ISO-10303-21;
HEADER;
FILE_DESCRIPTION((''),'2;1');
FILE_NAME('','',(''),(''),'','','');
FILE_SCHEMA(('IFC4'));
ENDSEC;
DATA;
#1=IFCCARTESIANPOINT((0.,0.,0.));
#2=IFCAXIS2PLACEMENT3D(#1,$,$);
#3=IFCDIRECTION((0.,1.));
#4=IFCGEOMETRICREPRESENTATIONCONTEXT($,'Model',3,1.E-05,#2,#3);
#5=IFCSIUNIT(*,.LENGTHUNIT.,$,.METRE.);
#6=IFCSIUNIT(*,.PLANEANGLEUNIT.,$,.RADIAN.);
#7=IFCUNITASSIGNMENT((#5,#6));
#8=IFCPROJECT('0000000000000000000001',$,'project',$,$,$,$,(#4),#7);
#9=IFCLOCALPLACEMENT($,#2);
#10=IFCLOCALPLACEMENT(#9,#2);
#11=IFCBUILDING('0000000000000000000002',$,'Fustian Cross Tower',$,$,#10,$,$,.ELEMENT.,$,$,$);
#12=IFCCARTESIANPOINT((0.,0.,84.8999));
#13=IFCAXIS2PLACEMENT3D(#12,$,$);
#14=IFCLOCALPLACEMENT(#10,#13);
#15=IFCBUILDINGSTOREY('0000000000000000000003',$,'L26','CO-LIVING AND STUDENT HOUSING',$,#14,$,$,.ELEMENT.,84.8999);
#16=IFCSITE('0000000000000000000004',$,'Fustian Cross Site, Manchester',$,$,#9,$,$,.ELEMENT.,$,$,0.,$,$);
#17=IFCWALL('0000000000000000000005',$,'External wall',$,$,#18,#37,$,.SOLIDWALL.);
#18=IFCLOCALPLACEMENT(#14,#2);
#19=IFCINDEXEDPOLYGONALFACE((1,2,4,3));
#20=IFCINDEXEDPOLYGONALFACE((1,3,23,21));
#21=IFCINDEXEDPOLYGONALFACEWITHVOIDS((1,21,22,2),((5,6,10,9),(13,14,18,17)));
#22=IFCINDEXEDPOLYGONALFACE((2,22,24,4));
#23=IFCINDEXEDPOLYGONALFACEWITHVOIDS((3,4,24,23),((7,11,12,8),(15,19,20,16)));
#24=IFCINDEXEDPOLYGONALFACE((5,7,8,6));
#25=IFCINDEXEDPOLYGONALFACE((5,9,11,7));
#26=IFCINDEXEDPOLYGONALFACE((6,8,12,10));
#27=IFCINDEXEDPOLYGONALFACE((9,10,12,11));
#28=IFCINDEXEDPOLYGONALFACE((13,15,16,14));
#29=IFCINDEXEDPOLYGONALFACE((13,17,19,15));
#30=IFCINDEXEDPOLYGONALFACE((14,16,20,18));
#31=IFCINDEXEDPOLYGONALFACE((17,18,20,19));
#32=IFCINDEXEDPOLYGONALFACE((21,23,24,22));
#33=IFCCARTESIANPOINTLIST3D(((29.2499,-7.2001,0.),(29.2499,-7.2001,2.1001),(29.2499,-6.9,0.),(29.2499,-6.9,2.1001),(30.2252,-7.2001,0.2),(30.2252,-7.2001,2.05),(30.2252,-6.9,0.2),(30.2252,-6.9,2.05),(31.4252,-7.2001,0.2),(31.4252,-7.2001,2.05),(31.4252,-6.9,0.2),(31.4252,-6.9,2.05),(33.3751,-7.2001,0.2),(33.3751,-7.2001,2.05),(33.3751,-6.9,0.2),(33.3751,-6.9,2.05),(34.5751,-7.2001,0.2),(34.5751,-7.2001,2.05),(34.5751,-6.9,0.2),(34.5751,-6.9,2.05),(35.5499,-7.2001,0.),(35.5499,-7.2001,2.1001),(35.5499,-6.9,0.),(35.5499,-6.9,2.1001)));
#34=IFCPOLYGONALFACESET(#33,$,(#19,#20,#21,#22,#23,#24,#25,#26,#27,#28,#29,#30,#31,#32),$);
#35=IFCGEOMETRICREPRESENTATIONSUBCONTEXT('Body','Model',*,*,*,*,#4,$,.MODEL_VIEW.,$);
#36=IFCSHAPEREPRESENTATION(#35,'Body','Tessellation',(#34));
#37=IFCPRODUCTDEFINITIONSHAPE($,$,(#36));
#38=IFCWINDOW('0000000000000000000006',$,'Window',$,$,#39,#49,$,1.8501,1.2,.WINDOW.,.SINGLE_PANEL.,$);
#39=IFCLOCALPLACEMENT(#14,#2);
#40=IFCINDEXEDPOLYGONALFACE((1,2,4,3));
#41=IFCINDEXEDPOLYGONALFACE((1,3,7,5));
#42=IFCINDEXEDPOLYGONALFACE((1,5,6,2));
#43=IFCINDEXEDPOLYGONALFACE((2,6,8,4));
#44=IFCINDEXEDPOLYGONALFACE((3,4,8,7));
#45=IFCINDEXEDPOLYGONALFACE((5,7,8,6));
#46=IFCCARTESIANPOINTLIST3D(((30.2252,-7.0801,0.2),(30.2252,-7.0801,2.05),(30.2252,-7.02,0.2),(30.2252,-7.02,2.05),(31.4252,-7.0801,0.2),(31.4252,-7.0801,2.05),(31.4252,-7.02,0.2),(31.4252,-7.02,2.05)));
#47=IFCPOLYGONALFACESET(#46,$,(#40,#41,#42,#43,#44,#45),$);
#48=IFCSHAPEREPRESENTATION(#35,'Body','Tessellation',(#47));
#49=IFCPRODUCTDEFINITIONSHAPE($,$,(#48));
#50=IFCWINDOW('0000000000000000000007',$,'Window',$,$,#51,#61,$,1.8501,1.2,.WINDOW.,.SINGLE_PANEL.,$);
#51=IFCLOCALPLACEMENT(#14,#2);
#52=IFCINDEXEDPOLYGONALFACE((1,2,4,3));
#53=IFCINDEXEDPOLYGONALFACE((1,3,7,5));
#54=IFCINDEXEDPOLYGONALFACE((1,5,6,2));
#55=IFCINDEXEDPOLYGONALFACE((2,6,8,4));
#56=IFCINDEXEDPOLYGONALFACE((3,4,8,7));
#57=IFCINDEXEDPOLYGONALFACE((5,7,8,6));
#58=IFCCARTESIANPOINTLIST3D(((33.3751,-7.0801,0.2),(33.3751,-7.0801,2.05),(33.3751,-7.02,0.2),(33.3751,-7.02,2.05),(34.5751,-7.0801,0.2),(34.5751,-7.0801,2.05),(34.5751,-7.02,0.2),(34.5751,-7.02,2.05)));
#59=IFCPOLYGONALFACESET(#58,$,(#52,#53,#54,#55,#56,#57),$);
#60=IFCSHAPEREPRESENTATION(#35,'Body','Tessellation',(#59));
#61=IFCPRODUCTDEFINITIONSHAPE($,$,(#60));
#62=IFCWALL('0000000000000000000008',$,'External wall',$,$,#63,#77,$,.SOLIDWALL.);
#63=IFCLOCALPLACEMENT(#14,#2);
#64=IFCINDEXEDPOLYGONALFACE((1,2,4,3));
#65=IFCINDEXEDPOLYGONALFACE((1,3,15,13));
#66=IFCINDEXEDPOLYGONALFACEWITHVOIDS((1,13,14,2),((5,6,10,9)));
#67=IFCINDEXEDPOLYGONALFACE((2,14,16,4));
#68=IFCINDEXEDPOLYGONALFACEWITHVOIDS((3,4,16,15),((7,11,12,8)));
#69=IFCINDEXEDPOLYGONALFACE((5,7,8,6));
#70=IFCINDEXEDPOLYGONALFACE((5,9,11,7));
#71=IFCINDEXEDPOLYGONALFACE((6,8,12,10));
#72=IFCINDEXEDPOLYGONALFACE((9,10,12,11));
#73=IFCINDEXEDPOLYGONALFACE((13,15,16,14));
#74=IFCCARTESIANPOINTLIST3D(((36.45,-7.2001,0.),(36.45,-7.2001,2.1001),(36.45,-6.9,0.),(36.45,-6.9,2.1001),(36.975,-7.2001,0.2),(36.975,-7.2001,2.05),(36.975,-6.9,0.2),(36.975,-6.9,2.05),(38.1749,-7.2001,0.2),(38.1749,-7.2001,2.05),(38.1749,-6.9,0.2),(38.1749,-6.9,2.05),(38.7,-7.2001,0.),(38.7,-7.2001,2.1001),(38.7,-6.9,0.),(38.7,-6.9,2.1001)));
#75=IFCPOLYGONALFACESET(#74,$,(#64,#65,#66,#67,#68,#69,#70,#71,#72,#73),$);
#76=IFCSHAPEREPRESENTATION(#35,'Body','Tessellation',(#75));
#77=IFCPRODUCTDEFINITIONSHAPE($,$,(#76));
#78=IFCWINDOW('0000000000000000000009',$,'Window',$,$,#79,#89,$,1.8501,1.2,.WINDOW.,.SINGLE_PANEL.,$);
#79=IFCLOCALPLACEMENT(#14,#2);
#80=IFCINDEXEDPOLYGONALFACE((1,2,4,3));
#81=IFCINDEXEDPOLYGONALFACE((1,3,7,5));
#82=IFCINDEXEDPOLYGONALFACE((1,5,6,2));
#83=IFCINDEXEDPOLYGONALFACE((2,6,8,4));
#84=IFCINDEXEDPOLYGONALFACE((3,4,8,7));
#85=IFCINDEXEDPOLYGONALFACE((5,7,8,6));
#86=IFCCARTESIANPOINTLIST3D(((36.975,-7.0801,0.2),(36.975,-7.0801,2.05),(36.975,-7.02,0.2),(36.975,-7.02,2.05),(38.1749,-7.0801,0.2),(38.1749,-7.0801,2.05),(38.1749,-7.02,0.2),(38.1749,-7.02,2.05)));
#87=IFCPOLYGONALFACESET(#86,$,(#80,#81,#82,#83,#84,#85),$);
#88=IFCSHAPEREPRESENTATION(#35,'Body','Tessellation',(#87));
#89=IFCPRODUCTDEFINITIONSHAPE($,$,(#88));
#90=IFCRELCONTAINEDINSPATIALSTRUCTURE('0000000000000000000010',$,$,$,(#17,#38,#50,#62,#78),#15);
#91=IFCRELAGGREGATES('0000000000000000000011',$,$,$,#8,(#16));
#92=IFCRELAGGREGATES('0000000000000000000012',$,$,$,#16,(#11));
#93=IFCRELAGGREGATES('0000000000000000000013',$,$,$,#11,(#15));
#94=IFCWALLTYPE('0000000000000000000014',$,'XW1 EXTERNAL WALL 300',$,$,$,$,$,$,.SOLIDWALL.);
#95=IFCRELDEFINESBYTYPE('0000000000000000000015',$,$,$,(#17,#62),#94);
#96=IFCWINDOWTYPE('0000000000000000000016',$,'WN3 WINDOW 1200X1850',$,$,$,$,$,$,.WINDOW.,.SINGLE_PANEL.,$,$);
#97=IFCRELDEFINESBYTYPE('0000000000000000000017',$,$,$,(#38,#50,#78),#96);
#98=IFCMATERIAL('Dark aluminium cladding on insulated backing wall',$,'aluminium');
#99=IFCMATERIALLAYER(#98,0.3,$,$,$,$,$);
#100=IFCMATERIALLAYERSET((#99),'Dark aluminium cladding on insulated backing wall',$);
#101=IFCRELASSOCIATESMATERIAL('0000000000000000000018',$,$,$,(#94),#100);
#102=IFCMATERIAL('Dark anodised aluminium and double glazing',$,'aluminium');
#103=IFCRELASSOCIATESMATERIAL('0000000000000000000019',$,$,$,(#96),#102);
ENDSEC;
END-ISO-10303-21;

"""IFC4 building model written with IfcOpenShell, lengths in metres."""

from ifc_helpers import new_model, si_unit, direction, frame, frame_2d, origin, place, context, subcontext, project, spatial, rectangle, extrude, material, layer, layer_set, type_object, element, fill, save


model = new_model("IFC4")

# Units and contexts
model_context = context("Model", 3, precision=1e-05, world=origin(), true_north=direction((0.0, 1.0)))
body_context = subcontext(model_context, "Body", "Model", "MODEL_VIEW")
ifc_project = project(units=[si_unit("LENGTHUNIT", "METRE"), si_unit("PLANEANGLEUNIT", "RADIAN")], contexts=[model_context])

# Site, building, storey
site_placement = place(None, origin())
site = spatial("IfcSite", under=ifc_project, at=site_placement, Name="Fustian Cross Site, Manchester", CompositionType="ELEMENT", RefElevation=0.0)
building_placement = place(site_placement, origin())
building = spatial("IfcBuilding", under=site, at=building_placement, Name="Fustian Cross Tower", CompositionType="ELEMENT")
storey_placement = place(building_placement, frame((0.0, 0.0, 84.8999)))
storey = spatial("IfcBuildingStorey", under=building, at=storey_placement, Name="L26", Description="CO-LIVING AND STUDENT HOUSING", CompositionType="ELEMENT", Elevation=84.8999)

# Shared definitions
ifc_material_1 = material(Name="Dark aluminium cladding on insulated backing wall", Category="aluminium")
ifc_layer_1 = layer(ifc_material_1, 0.3)
ifc_layer_set_1 = layer_set([ifc_layer_1], Name="Dark aluminium cladding on insulated backing wall")
wall_type_1 = type_object("IfcWallType", Name="XW1 EXTERNAL WALL 300", PredefinedType="SOLIDWALL", material=ifc_layer_set_1)
ifc_material_2 = material(Name="Dark anodised aluminium and double glazing", Category="aluminium")
window_type = type_object("IfcWindowType", Name="WN3 WINDOW 1200X1850", PartitioningType="SINGLE_PANEL", PredefinedType="WINDOW", material=ifc_material_2)

# Wall, openings, windows
wall_1_placement = place(storey_placement, frame((29.25, -7.05, 0.0), z_axis=(0.0, 0.0, 1.0), x_axis=(1.0, 0.0, 0.0)))
wall_1 = element("IfcWall", 1, at=wall_1_placement, inside=storey, type_object=wall_type_1, Name="External wall", PredefinedType="SOLIDWALL", context=body_context, shape_type="SweptSolid", body=[
    extrude(rectangle(XDim=6.3, YDim=0.3, at=frame_2d((3.1499, 0.0))), origin(), (0.0, 0.0, 1.0), 2.1001),
])
opening_1_placement = place(wall_1_placement, frame((0.9751, 0.0, 0.2)))
opening_1 = element("IfcOpeningElement", 2, at=opening_1_placement, cuts=wall_1, PredefinedType="OPENING", context=body_context, shape_type="SweptSolid", body=[
    extrude(rectangle(XDim=1.2, YDim=1.8501, at=frame_2d((0.6001, 0.925))), frame((0.0, 0.1599, 0.0), z_axis=(0.0, -1.0, 0.0), x_axis=(1.0, 0.0, 0.0)), (0.0, 0.0, 1.0), 0.3201),
])
opening_2_placement = place(wall_1_placement, frame((4.125, 0.0, 0.2)))
opening_2 = element("IfcOpeningElement", 3, at=opening_2_placement, cuts=wall_1, PredefinedType="OPENING", context=body_context, shape_type="SweptSolid", body=[
    extrude(rectangle(XDim=1.2, YDim=1.8501, at=frame_2d((0.6001, 0.925))), frame((0.0, 0.1599, 0.0), z_axis=(0.0, -1.0, 0.0), x_axis=(1.0, 0.0, 0.0)), (0.0, 0.0, 1.0), 0.3201),
])
window_1_placement = place(opening_1_placement, origin())
window_1 = element("IfcWindow", 4, at=window_1_placement, inside=storey, type_object=window_type, Name="Window", OverallHeight=1.8501, OverallWidth=1.2, PartitioningType="SINGLE_PANEL", PredefinedType="WINDOW", context=body_context, shape_type="SweptSolid", body=[
    extrude(rectangle(XDim=1.2, YDim=1.8501, at=frame_2d((0.6001, 0.925))), frame((0.0, 0.03, 0.0), z_axis=(0.0, -1.0, 0.0), x_axis=(1.0, 0.0, 0.0)), (0.0, 0.0, 1.0), 0.0601),
])
fill(opening_1, window_1)
window_2_placement = place(opening_2_placement, origin())
window_2 = element("IfcWindow", 5, at=window_2_placement, inside=storey, type_object=window_type, Name="Window", OverallHeight=1.8501, OverallWidth=1.2, PartitioningType="SINGLE_PANEL", PredefinedType="WINDOW", context=body_context, shape_type="SweptSolid", body=[
    extrude(rectangle(XDim=1.2, YDim=1.8501, at=frame_2d((0.6001, 0.925))), frame((0.0, 0.03, 0.0), z_axis=(0.0, -1.0, 0.0), x_axis=(1.0, 0.0, 0.0)), (0.0, 0.0, 1.0), 0.0601),
])
fill(opening_2, window_2)

# Wall, opening, window
wall_2_placement = place(storey_placement, frame((36.45, -7.05, 0.0), z_axis=(0.0, 0.0, 1.0), x_axis=(1.0, 0.0, 0.0)))
wall_2 = element("IfcWall", 6, at=wall_2_placement, inside=storey, type_object=wall_type_1, Name="External wall", PredefinedType="SOLIDWALL", context=body_context, shape_type="SweptSolid", body=[
    extrude(rectangle(XDim=2.25, YDim=0.3, at=frame_2d((1.125, 0.0))), origin(), (0.0, 0.0, 1.0), 2.1001),
])
opening_3_placement = place(wall_2_placement, frame((0.5249, 0.0, 0.2)))
opening_3 = element("IfcOpeningElement", 7, at=opening_3_placement, cuts=wall_2, PredefinedType="OPENING", context=body_context, shape_type="SweptSolid", body=[
    extrude(rectangle(XDim=1.2, YDim=1.8501, at=frame_2d((0.6001, 0.925))), frame((0.0, 0.1599, 0.0), z_axis=(0.0, -1.0, 0.0), x_axis=(1.0, 0.0, 0.0)), (0.0, 0.0, 1.0), 0.3201),
])
window_3_placement = place(opening_3_placement, origin())
window_3 = element("IfcWindow", 8, at=window_3_placement, inside=storey, type_object=window_type, Name="Window", OverallHeight=1.8501, OverallWidth=1.2, PartitioningType="SINGLE_PANEL", PredefinedType="WINDOW", context=body_context, shape_type="SweptSolid", body=[
    extrude(rectangle(XDim=1.2, YDim=1.8501, at=frame_2d((0.6001, 0.925))), frame((0.0, 0.03, 0.0), z_axis=(0.0, -1.0, 0.0), x_axis=(1.0, 0.0, 0.0)), (0.0, 0.0, 1.0), 0.0601),
])
fill(opening_3, window_3)

save(model, "model.ifc")
